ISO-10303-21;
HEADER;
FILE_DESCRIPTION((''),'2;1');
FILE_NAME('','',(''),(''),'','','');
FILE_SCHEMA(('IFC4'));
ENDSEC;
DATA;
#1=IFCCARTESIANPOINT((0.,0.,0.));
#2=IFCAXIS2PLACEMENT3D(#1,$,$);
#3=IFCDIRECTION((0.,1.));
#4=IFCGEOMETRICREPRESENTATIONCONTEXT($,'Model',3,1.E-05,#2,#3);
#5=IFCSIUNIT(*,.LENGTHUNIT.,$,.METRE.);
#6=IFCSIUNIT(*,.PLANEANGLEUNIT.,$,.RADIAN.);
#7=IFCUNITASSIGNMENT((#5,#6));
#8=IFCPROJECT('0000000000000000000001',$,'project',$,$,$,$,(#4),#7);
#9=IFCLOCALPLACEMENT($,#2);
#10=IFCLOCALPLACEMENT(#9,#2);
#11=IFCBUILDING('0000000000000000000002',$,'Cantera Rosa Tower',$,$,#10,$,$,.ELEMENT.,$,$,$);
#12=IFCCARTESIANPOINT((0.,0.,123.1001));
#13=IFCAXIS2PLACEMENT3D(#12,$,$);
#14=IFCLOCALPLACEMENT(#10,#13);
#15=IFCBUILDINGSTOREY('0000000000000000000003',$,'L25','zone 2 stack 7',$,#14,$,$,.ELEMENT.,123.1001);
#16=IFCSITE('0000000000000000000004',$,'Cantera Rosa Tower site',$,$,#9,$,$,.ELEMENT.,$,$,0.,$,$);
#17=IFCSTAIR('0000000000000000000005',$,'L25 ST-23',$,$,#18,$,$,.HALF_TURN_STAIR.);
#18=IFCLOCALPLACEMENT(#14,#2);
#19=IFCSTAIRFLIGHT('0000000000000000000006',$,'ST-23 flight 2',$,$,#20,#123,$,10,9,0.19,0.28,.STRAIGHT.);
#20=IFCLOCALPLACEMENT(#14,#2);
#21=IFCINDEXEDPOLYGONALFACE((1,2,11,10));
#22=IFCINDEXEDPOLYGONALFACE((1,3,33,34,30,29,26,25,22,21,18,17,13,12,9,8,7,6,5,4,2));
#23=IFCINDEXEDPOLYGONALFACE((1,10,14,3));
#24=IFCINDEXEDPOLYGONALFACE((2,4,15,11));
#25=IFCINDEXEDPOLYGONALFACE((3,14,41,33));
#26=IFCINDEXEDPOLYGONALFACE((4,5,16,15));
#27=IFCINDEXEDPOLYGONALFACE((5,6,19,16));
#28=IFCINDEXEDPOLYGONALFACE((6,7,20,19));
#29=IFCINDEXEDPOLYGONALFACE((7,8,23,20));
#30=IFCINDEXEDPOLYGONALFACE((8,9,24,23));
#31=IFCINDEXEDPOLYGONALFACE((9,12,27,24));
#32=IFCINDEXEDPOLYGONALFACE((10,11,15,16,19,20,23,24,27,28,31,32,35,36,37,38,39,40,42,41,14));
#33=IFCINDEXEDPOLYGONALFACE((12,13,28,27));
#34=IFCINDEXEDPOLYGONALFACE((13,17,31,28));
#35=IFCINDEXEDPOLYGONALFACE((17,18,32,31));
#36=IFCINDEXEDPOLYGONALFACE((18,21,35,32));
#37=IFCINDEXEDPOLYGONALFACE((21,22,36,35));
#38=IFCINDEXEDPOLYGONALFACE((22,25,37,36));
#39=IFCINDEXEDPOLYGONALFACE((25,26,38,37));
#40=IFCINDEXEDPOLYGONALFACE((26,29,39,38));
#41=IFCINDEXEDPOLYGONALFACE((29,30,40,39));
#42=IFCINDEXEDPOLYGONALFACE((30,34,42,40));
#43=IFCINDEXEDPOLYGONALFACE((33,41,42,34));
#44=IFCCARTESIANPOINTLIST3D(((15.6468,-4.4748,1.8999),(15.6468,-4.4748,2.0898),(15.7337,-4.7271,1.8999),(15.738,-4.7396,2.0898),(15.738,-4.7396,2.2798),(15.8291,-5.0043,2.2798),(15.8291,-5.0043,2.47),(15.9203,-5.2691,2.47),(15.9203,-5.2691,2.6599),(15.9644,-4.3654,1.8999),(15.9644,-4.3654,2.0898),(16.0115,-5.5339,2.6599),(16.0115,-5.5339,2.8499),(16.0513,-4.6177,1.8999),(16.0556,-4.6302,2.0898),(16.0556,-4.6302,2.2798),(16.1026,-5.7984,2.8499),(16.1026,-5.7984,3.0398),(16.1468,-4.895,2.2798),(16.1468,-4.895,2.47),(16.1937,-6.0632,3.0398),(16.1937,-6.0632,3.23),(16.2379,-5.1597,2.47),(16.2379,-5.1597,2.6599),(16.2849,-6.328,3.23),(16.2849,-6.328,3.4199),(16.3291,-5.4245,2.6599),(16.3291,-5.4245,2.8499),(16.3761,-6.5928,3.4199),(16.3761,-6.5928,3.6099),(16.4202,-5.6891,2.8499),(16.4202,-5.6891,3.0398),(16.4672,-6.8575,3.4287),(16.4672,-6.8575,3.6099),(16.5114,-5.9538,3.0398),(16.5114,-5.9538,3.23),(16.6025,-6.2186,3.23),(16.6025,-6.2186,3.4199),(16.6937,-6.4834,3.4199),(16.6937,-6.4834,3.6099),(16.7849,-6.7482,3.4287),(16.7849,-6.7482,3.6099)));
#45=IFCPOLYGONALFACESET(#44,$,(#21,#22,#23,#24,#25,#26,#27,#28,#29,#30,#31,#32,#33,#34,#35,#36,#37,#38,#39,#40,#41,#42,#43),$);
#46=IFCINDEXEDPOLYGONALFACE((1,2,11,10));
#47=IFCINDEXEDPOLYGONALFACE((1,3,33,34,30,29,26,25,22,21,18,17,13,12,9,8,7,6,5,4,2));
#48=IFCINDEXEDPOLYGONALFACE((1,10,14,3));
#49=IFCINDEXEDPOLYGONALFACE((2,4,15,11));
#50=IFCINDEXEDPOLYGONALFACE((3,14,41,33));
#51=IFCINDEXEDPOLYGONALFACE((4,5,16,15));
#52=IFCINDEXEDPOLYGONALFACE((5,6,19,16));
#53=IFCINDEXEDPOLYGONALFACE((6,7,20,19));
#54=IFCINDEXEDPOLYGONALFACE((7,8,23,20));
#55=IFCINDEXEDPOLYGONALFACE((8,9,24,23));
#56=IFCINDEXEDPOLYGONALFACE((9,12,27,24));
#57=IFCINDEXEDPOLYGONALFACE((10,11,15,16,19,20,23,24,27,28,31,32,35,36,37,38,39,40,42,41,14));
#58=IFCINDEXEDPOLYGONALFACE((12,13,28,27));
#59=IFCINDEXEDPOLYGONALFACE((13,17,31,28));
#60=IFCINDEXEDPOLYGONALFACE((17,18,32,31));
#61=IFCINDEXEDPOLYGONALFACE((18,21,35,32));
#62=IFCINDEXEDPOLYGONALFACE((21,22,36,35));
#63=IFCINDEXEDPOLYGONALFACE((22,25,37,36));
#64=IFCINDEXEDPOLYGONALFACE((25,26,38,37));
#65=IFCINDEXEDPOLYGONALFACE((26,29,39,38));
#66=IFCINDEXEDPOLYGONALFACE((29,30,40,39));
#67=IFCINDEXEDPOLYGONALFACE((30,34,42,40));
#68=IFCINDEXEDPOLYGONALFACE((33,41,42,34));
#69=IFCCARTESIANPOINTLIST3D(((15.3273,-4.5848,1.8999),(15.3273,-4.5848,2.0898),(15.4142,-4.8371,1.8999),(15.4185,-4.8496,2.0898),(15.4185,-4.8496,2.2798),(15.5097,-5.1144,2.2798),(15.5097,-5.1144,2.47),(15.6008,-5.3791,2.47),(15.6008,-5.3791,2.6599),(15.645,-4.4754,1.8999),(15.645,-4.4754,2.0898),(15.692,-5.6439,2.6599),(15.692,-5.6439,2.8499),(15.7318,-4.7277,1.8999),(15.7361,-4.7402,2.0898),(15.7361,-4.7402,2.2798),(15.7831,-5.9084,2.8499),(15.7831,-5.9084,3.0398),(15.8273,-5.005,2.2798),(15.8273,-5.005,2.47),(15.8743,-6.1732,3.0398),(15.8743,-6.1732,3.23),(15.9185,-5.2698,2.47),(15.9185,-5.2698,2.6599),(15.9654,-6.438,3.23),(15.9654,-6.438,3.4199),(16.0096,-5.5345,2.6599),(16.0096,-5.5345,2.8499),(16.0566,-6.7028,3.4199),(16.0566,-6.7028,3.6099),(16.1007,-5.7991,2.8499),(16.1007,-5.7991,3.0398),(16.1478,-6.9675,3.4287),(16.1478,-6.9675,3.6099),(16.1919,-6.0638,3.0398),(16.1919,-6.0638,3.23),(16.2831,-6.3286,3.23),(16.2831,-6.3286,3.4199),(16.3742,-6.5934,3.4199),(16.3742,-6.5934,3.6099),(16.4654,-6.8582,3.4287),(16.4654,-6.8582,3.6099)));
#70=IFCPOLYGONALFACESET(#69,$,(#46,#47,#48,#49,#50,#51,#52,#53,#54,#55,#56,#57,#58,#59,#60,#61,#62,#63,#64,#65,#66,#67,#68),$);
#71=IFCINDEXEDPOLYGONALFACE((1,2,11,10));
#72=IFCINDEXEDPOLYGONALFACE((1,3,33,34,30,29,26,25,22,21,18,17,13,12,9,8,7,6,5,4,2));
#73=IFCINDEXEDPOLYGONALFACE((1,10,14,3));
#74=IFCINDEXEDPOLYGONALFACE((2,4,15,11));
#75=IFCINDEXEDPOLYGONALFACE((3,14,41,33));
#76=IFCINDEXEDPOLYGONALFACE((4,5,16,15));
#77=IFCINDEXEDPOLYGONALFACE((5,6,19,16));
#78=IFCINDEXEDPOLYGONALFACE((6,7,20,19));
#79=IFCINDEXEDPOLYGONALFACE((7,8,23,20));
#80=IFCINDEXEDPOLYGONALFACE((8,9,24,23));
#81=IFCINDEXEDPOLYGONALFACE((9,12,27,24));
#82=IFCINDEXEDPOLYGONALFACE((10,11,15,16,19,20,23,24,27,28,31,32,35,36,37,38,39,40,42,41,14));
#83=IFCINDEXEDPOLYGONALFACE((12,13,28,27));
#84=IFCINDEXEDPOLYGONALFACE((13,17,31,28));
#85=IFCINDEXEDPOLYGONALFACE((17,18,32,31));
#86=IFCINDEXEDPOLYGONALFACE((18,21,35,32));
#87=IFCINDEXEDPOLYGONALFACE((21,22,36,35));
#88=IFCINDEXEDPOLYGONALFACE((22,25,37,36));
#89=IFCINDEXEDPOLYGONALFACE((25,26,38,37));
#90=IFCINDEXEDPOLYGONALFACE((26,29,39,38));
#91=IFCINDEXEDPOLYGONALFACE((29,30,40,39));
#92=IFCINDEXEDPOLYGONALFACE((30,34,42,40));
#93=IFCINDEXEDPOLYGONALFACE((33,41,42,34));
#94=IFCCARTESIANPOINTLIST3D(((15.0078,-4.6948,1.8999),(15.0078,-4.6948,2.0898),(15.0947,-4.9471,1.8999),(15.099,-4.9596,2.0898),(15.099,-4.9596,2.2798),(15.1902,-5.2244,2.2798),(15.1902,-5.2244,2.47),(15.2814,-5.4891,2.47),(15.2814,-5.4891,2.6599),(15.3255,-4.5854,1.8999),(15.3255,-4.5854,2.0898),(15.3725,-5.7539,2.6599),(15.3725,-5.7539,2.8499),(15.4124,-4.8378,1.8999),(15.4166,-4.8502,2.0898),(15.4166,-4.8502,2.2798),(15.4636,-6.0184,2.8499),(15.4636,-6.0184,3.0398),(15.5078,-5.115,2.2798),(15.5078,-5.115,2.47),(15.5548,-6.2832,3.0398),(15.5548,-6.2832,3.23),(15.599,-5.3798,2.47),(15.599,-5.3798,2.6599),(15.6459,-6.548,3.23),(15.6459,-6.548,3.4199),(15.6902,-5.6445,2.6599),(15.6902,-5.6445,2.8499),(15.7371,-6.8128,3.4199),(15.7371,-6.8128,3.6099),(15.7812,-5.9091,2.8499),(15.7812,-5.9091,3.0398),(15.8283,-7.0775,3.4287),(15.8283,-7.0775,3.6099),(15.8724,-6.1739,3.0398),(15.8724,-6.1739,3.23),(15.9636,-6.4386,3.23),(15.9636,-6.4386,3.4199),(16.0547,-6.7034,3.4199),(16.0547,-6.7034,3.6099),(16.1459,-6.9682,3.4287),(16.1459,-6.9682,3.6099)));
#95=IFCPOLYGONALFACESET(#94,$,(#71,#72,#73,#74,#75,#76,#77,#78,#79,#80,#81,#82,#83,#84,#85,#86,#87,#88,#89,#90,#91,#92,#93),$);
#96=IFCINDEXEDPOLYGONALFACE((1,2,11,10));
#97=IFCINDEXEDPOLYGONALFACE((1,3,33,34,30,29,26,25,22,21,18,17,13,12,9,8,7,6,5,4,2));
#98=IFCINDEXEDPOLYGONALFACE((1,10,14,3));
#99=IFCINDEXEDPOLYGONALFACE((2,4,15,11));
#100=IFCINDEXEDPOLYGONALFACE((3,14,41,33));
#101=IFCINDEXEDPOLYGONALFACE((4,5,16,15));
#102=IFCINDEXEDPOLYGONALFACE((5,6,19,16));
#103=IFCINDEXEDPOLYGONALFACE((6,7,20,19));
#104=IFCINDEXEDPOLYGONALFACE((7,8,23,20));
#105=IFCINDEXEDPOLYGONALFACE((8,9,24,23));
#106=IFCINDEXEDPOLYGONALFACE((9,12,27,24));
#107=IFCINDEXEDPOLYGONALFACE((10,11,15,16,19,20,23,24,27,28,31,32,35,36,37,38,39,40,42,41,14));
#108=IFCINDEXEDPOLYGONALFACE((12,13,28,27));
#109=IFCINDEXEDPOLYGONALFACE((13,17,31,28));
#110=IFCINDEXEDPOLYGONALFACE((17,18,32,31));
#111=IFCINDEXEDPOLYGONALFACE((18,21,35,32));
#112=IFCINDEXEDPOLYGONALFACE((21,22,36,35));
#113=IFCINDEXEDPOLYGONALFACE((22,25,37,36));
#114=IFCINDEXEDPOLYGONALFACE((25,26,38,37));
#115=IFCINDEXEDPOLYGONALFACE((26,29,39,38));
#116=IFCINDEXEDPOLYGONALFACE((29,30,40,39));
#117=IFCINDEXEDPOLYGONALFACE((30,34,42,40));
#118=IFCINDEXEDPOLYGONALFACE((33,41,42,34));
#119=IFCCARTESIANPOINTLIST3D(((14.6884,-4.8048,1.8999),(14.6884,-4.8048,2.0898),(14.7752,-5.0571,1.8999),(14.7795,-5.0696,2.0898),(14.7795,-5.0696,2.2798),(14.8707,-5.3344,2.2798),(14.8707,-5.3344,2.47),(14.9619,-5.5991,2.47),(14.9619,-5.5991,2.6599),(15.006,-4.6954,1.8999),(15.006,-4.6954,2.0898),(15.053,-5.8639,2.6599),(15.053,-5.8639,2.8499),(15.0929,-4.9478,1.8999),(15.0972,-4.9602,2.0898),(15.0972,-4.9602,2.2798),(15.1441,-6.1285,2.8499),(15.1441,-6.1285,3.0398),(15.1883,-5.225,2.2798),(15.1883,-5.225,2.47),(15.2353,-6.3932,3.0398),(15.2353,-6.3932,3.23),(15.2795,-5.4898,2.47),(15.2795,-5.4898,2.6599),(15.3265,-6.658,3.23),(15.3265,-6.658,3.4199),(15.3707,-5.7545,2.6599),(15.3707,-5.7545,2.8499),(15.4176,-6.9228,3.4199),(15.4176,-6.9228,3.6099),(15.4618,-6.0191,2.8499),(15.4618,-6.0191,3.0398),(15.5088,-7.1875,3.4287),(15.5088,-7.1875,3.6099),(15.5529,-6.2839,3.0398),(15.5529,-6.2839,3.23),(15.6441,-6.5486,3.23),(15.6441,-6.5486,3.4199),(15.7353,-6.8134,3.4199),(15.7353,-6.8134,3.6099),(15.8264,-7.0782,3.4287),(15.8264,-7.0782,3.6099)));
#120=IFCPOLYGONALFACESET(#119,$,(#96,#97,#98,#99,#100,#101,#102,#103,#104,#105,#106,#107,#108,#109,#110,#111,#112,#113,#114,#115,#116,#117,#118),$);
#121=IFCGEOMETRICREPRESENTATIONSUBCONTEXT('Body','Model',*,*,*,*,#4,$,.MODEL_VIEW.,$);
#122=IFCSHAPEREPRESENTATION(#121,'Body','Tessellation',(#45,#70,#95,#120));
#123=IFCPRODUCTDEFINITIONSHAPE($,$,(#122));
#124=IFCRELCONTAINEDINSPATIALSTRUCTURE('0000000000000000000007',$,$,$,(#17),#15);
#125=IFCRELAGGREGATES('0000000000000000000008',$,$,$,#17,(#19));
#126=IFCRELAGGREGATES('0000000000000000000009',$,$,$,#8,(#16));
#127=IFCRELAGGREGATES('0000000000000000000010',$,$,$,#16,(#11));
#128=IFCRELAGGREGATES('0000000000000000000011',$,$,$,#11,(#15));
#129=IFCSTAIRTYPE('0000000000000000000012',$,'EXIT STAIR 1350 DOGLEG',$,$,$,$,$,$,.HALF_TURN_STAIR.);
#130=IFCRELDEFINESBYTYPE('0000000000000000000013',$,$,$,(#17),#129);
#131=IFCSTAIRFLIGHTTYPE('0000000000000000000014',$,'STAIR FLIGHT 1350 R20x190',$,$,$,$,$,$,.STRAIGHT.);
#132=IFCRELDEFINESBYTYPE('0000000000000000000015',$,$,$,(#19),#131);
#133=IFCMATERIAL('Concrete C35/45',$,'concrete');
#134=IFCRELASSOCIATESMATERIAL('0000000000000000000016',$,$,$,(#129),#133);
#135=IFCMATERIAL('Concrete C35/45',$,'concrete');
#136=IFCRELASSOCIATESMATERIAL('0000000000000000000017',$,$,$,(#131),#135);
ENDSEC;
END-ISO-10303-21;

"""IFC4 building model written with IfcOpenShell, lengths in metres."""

from ifc_helpers import new_model, si_unit, direction, frame, origin, place, context, subcontext, project, spatial, polyline, outline, extrude, material, type_object, element, aggregate, save


model = new_model("IFC4")

# Units and contexts
model_context = context("Model", 3, precision=1e-05, world=origin(), true_north=direction((0.0, 1.0)))
body_context = subcontext(model_context, "Body", "Model", "MODEL_VIEW")
ifc_project = project(units=[si_unit("LENGTHUNIT", "METRE"), si_unit("PLANEANGLEUNIT", "RADIAN")], contexts=[model_context])

# Site, building, storey
site_placement = place(None, origin())
site = spatial("IfcSite", under=ifc_project, at=site_placement, Name="Cantera Rosa Tower site", CompositionType="ELEMENT", RefElevation=0.0)
building_placement = place(site_placement, origin())
building = spatial("IfcBuilding", under=site, at=building_placement, Name="Cantera Rosa Tower", CompositionType="ELEMENT")
storey_placement = place(building_placement, frame((0.0, 0.0, 123.1001)))
storey = spatial("IfcBuildingStorey", under=building, at=storey_placement, Name="L25", Description="zone 2 stack 7", CompositionType="ELEMENT", Elevation=123.1001)

# Stair, stair flight
ifc_material_1 = material(Name="Concrete C35/45", Category="concrete")
stair_type = type_object("IfcStairType", Name="EXIT STAIR 1350 DOGLEG", PredefinedType="HALF_TURN_STAIR", material=ifc_material_1)
stair_placement = place(storey_placement, origin())
stair = element("IfcStair", 1, at=stair_placement, inside=storey, type_object=stair_type, Name="L25 ST-23", PredefinedType="HALF_TURN_STAIR")
ifc_material_2 = material(Name="Concrete C35/45", Category="concrete")
stair_flight_type = type_object("IfcStairFlightType", Name="STAIR FLIGHT 1350 R20x190", PredefinedType="STRAIGHT", material=ifc_material_2)
stair_flight_placement = place(storey_placement, frame((15.3262, -4.5852, 1.8999), z_axis=(0.0, 0.0, 1.0), x_axis=(0.325568, -0.945519, 0.0)))
stair_flight = element("IfcStairFlight", 2, at=stair_flight_placement, type_object=stair_flight_type, Name="ST-23 flight 2", NumberOfRisers=10, NumberOfTreads=9, PredefinedType="STRAIGHT", RiserHeight=0.19, TreadLength=0.28, context=body_context, shape_type="SweptSolid", body=[
    extrude(outline(polyline([(0.0, 0.0), (0.0, 0.1899), (0.28, 0.1899), (0.28, 0.3799), (0.5601, 0.3799), (0.5601, 0.5701), (0.8401, 0.5701), (0.8401, 0.76), (1.1201, 0.76), (1.1201, 0.95), (1.3999, 0.95), (1.3999, 1.1399), (1.6799, 1.1399), (1.6799, 1.3301), (1.96, 1.3301), (1.96, 1.52), (2.24, 1.52), (2.24, 1.71), (2.52, 1.71), (2.52, 1.8999), (2.52, 1.5288), (0.2668, 0.0), (0.0, 0.0)])), frame((0.0, 0.675, 0.0), z_axis=(0.0, -1.0, 0.0), x_axis=(1.0, 0.0, 0.0)), (0.0, 0.0, 1.0), 0.3359),
    extrude(outline(polyline([(0.0, 0.0), (0.0, 0.1899), (0.28, 0.1899), (0.28, 0.3799), (0.5601, 0.3799), (0.5601, 0.5701), (0.8401, 0.5701), (0.8401, 0.76), (1.1201, 0.76), (1.1201, 0.95), (1.3999, 0.95), (1.3999, 1.1399), (1.6799, 1.1399), (1.6799, 1.3301), (1.96, 1.3301), (1.96, 1.52), (2.24, 1.52), (2.24, 1.71), (2.52, 1.71), (2.52, 1.8999), (2.52, 1.5288), (0.2668, 0.0), (0.0, 0.0)])), frame((0.0, 0.3372, 0.0), z_axis=(0.0, -1.0, 0.0), x_axis=(1.0, 0.0, 0.0)), (0.0, 0.0, 1.0), 0.3359),
    extrude(outline(polyline([(0.0, 0.0), (0.0, 0.1899), (0.28, 0.1899), (0.28, 0.3799), (0.5601, 0.3799), (0.5601, 0.5701), (0.8401, 0.5701), (0.8401, 0.76), (1.1201, 0.76), (1.1201, 0.95), (1.3999, 0.95), (1.3999, 1.1399), (1.6799, 1.1399), (1.6799, 1.3301), (1.96, 1.3301), (1.96, 1.52), (2.24, 1.52), (2.24, 1.71), (2.52, 1.71), (2.52, 1.8999), (2.52, 1.5288), (0.2668, 0.0), (0.0, 0.0)])), frame((0.0, -0.0007, 0.0), z_axis=(0.0, -1.0, 0.0), x_axis=(1.0, 0.0, 0.0)), (0.0, 0.0, 1.0), 0.3359),
    extrude(outline(polyline([(0.0, 0.0), (0.0, 0.1899), (0.28, 0.1899), (0.28, 0.3799), (0.5601, 0.3799), (0.5601, 0.5701), (0.8401, 0.5701), (0.8401, 0.76), (1.1201, 0.76), (1.1201, 0.95), (1.3999, 0.95), (1.3999, 1.1399), (1.6799, 1.1399), (1.6799, 1.3301), (1.96, 1.3301), (1.96, 1.52), (2.24, 1.52), (2.24, 1.71), (2.52, 1.71), (2.52, 1.8999), (2.52, 1.5288), (0.2668, 0.0), (0.0, 0.0)])), frame((0.0, -0.3386, 0.0), z_axis=(0.0, -1.0, 0.0), x_axis=(1.0, 0.0, 0.0)), (0.0, 0.0, 1.0), 0.3359),
])
aggregate(stair, [stair_flight])

save(model, "model.ifc")
